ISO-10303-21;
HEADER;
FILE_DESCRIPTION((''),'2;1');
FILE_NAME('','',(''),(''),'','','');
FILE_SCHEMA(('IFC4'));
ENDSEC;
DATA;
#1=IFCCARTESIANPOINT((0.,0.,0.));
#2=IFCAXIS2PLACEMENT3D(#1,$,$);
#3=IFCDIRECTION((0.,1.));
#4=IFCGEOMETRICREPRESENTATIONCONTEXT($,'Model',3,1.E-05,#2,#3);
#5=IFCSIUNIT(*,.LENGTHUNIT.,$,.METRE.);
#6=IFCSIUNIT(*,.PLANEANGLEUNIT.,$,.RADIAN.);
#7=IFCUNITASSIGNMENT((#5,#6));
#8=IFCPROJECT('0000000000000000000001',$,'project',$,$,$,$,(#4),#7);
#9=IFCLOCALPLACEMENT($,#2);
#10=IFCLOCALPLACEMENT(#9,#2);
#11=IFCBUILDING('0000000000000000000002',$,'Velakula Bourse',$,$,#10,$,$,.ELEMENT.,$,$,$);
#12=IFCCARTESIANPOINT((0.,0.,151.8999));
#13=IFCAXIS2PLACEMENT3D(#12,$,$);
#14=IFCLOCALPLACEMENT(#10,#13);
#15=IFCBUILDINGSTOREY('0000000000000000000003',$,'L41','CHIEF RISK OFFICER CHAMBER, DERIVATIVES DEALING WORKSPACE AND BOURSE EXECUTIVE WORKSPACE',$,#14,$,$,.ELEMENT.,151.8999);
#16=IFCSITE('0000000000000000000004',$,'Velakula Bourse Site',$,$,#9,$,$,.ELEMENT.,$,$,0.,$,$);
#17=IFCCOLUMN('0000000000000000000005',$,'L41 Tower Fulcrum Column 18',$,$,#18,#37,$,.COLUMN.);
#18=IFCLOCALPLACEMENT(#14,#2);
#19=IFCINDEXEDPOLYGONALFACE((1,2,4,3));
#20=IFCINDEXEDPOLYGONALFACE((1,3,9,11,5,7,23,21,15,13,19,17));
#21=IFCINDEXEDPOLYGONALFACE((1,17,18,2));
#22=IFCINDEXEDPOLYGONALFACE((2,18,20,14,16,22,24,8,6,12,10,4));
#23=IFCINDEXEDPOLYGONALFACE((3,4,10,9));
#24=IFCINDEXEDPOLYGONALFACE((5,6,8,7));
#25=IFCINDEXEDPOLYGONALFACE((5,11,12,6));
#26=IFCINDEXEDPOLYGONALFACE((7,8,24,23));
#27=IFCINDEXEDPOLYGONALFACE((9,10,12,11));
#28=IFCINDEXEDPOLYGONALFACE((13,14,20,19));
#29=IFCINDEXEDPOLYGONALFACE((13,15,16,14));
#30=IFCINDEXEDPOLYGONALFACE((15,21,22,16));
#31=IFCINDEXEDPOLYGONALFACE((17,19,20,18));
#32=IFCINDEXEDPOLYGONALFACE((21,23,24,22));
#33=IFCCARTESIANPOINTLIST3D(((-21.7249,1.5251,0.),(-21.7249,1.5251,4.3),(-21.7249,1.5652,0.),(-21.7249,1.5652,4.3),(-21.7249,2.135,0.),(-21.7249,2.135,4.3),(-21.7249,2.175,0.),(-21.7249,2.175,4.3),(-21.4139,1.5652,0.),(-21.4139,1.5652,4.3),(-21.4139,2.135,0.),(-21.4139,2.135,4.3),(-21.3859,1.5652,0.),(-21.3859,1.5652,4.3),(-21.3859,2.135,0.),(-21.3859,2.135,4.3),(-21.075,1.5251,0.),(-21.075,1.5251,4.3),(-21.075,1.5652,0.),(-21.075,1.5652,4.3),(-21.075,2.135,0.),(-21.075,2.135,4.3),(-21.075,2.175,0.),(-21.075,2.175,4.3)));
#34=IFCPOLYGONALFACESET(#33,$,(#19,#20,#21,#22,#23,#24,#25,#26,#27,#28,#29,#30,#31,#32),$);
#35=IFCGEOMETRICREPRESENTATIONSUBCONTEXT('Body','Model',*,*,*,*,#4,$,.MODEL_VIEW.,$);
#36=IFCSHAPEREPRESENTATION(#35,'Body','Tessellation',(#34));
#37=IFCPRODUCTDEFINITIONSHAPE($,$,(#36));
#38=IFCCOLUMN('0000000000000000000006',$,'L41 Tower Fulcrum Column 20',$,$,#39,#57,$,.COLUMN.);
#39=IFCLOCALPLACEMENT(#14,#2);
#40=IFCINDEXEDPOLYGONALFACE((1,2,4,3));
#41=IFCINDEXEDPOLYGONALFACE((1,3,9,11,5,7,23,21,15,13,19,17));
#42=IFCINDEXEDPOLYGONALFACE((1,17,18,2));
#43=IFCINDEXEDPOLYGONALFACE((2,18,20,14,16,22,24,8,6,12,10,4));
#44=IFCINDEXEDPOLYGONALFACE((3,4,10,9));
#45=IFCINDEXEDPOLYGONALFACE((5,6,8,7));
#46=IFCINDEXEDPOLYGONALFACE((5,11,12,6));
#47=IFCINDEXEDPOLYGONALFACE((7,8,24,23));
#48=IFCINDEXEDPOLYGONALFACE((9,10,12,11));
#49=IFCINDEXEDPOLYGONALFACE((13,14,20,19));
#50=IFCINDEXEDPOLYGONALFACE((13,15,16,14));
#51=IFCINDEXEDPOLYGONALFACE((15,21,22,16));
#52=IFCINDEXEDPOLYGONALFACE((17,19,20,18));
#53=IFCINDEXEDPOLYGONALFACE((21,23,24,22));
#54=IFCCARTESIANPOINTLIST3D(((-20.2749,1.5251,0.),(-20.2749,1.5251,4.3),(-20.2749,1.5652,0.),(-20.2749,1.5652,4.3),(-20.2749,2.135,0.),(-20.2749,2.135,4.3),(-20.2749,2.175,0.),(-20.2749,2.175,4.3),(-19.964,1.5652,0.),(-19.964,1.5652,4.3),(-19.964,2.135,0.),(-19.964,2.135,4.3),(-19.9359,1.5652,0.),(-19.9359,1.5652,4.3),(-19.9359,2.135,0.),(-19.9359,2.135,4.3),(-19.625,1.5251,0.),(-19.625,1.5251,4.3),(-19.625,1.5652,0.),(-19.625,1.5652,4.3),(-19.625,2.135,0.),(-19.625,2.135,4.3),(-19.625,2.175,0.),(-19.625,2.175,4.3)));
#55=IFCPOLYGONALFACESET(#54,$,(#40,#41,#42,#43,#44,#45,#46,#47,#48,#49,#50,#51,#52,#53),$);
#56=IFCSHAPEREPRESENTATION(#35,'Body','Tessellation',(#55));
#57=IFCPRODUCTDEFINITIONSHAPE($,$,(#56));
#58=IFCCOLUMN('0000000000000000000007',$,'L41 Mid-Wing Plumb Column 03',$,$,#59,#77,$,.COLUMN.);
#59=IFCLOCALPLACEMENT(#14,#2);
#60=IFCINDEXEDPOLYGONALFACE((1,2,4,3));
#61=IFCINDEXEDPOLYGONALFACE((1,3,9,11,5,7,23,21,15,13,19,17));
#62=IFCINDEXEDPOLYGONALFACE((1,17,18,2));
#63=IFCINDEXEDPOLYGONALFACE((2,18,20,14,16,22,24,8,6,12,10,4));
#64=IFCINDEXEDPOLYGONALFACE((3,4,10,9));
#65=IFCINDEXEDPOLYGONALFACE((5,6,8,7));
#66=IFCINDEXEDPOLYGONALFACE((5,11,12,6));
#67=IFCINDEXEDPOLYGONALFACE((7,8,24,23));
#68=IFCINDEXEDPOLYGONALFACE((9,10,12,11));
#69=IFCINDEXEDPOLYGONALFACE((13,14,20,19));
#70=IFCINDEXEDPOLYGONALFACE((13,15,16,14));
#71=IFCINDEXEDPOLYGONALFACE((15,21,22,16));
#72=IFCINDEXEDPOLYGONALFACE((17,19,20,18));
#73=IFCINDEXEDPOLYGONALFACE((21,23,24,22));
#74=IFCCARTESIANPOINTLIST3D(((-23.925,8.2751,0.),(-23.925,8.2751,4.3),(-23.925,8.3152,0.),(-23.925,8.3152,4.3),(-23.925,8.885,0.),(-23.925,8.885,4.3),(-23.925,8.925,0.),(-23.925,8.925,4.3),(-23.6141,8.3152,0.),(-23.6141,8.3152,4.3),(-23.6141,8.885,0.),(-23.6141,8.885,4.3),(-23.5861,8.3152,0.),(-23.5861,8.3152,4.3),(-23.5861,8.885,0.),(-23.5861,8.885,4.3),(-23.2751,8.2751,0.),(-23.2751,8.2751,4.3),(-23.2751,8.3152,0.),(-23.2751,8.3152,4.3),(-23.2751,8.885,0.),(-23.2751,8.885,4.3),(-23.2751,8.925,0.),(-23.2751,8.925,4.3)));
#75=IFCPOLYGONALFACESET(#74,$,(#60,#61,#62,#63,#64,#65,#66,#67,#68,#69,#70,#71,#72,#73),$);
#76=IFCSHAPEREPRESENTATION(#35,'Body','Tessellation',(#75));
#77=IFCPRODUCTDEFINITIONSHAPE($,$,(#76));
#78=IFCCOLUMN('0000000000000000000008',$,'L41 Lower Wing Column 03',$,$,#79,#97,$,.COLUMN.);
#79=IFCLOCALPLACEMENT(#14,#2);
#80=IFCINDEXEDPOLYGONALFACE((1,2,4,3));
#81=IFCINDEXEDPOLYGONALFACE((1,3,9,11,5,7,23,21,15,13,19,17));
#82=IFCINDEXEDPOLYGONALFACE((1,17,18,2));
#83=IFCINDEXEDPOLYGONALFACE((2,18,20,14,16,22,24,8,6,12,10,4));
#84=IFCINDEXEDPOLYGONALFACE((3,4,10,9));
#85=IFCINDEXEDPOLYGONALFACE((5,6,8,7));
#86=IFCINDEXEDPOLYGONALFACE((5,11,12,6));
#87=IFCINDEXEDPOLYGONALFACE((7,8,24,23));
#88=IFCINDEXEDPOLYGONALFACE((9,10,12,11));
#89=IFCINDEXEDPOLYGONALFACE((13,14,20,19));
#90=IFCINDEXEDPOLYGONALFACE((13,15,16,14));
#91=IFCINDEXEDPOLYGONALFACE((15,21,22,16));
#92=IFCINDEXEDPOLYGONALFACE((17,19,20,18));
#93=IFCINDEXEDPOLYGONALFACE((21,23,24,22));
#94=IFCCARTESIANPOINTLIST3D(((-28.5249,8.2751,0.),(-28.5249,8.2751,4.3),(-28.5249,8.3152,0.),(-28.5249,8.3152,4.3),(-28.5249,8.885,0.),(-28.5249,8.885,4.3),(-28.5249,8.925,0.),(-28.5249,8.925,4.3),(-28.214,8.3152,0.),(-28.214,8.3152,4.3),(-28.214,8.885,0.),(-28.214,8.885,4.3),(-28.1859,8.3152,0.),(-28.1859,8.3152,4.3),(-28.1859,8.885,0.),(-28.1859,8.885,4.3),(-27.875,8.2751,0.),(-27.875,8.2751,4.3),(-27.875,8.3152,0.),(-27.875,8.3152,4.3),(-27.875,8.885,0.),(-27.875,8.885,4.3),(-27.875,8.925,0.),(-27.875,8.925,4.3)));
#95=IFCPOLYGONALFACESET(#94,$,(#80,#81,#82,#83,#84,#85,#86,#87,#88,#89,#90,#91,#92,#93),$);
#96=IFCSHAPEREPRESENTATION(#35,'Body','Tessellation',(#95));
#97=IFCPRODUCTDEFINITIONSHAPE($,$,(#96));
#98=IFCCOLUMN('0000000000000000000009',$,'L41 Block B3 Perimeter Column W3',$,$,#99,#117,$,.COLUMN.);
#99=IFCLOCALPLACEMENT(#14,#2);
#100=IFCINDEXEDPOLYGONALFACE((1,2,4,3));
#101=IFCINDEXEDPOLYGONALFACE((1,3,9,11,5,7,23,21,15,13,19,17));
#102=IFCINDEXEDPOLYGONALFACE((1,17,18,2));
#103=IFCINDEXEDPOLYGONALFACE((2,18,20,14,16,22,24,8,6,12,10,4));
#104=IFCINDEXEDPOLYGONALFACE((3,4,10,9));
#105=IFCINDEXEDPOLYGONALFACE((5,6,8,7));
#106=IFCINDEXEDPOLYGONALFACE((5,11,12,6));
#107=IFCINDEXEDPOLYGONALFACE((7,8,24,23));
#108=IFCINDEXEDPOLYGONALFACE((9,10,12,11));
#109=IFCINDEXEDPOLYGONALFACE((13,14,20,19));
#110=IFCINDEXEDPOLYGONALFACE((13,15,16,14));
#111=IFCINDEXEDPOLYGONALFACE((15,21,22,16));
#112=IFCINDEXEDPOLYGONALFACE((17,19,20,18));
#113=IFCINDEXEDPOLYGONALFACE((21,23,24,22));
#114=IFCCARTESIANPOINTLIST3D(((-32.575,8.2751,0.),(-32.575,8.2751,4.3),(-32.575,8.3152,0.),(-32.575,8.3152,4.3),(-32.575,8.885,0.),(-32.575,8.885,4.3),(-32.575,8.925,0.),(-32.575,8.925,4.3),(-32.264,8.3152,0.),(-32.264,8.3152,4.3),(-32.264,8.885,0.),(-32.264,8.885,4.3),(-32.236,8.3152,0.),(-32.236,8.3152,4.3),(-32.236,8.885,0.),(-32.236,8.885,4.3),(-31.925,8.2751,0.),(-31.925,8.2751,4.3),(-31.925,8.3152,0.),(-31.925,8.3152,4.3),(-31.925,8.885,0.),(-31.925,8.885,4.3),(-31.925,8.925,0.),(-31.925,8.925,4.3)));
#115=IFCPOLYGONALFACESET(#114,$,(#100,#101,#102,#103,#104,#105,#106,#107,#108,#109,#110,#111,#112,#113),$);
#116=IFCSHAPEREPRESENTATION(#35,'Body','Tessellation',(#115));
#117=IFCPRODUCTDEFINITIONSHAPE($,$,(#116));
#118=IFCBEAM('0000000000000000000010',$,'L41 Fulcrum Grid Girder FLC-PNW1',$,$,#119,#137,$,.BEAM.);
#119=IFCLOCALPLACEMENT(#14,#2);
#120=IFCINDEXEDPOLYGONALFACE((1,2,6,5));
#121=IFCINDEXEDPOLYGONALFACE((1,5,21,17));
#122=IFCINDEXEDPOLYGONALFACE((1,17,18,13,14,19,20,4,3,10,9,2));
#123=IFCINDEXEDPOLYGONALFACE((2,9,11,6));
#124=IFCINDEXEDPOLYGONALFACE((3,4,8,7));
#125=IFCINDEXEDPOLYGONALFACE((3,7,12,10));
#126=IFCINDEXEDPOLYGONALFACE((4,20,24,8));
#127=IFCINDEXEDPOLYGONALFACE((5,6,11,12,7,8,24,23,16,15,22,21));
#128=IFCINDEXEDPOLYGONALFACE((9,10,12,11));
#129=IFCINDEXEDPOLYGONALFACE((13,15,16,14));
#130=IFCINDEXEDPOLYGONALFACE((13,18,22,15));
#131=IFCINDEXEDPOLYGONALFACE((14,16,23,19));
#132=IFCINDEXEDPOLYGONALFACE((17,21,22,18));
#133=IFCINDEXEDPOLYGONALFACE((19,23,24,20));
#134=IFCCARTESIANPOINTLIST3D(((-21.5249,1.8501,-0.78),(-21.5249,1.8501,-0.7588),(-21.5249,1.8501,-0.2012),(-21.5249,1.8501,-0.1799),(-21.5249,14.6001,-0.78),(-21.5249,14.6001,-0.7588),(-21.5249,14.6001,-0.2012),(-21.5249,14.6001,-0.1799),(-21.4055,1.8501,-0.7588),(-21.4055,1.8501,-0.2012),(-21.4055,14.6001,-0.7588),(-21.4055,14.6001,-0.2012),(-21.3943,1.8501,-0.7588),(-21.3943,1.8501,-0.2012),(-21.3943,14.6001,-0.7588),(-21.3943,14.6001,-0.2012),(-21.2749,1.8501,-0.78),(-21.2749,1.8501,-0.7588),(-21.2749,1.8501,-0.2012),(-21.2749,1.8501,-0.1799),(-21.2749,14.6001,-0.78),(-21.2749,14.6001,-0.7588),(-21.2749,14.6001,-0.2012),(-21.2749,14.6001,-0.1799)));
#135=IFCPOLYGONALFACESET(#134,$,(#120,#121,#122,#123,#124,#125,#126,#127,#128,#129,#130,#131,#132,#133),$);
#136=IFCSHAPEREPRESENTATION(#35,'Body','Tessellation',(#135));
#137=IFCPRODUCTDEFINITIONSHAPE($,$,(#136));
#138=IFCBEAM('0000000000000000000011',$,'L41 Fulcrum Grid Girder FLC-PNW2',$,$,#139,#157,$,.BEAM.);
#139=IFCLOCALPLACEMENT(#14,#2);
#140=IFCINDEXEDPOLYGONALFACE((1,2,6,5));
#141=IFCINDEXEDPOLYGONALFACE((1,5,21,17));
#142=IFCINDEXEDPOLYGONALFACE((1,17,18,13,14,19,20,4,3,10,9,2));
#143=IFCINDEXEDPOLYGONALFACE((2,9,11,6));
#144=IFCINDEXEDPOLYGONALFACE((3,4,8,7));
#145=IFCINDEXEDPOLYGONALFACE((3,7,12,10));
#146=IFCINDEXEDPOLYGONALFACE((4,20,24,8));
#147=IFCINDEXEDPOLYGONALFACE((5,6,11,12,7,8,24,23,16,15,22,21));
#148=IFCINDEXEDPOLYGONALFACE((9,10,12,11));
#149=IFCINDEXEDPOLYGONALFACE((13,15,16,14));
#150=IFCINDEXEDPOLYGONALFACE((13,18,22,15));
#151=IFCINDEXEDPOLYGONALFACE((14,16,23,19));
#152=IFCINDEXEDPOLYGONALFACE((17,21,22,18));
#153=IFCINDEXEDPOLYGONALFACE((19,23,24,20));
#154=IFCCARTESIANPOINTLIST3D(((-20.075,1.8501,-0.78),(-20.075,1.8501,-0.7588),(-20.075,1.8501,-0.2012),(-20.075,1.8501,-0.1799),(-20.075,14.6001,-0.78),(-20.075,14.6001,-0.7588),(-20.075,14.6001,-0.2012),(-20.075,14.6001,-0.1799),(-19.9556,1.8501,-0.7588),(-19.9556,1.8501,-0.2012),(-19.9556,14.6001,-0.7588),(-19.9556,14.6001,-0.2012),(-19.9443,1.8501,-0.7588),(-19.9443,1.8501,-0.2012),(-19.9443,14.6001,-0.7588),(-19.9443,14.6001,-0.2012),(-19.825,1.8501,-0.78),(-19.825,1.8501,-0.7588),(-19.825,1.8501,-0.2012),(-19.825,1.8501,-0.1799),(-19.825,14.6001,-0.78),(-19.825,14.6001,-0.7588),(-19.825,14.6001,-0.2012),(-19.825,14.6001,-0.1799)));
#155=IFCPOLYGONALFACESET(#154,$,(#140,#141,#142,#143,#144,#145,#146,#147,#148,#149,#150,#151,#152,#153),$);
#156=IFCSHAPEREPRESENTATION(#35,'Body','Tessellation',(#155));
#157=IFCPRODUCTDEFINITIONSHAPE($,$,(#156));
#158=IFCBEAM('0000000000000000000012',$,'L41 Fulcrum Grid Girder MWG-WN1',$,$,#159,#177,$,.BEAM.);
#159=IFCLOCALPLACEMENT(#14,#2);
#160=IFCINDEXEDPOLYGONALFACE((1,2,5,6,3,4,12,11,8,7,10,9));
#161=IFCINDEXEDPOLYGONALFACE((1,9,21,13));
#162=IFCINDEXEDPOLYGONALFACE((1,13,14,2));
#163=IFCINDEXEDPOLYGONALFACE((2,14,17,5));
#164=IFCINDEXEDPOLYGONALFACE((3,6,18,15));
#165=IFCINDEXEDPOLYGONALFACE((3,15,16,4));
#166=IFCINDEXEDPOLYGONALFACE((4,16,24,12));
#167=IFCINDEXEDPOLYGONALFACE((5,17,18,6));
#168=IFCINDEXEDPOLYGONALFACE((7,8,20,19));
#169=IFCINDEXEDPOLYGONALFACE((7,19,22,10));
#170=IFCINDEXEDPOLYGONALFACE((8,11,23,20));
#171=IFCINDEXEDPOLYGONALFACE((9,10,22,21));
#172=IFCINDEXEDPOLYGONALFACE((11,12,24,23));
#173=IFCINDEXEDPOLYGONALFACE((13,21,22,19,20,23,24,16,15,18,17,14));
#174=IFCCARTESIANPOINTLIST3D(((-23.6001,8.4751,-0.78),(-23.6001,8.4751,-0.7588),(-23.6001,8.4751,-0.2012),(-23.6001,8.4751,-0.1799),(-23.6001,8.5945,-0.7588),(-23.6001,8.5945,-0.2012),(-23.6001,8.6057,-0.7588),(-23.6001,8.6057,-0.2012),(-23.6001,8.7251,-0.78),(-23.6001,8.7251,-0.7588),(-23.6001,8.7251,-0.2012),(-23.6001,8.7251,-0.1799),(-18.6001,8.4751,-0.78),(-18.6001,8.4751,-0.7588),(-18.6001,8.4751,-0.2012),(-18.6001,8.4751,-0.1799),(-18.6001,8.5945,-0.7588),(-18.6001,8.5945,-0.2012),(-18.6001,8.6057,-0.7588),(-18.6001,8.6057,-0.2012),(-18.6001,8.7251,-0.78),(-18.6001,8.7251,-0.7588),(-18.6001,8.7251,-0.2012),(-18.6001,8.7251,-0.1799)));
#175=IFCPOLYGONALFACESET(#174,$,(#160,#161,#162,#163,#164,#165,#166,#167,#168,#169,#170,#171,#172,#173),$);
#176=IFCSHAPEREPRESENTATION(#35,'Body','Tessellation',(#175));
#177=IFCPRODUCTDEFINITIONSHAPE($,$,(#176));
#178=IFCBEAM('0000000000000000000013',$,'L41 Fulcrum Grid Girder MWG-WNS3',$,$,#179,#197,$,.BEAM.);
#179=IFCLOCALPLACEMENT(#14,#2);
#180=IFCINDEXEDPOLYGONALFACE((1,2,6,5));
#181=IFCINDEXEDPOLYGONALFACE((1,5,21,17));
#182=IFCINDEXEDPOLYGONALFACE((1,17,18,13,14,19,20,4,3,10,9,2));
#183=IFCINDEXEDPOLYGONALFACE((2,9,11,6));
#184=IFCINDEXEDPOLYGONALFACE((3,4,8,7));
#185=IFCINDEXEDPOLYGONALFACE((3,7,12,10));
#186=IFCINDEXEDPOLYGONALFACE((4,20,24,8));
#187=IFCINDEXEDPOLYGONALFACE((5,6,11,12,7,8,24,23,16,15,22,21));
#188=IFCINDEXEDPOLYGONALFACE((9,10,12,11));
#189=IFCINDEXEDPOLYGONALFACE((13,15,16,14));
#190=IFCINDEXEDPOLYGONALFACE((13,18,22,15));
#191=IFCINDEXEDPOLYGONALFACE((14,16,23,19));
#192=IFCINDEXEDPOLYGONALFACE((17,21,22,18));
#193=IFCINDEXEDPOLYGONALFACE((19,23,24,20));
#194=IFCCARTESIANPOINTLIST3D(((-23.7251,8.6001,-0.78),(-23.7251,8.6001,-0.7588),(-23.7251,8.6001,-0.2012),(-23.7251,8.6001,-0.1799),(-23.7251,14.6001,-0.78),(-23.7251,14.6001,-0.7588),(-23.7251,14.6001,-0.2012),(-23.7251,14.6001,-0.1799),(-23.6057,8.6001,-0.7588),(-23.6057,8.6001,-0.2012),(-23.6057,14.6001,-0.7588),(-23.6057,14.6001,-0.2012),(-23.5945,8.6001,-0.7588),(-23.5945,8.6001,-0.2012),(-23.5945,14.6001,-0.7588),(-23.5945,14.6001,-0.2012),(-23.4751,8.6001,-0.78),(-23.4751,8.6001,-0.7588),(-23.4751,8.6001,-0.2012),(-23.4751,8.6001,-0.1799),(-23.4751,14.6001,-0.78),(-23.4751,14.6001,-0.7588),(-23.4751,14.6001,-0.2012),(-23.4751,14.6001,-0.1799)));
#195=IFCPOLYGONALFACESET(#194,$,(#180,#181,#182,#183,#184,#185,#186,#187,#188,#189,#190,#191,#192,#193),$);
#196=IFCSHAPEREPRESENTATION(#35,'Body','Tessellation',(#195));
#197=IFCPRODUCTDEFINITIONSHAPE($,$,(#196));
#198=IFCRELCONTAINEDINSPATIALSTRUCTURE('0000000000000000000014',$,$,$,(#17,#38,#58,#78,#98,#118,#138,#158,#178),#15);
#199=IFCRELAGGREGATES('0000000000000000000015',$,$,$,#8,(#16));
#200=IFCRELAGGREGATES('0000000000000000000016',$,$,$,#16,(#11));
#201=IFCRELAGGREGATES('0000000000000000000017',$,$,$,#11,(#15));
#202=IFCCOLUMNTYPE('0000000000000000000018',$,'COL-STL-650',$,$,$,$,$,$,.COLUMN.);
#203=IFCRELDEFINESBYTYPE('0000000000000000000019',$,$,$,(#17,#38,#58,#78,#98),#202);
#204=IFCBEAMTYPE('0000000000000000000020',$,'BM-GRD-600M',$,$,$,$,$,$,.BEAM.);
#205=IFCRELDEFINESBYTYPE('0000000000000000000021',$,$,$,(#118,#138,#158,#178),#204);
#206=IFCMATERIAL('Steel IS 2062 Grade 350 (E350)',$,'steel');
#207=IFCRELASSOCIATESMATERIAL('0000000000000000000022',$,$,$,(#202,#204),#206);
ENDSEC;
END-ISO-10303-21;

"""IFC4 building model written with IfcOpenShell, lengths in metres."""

from ifc_helpers import new_model, si_unit, direction, frame, origin, origin_2d, place, context, subcontext, project, spatial, i_section, extrude, material, material_profile, profile_set, type_object, element, save


model = new_model("IFC4")

# Units and contexts
model_context = context("Model", 3, precision=1e-05, world=origin(), true_north=direction((0.0, 1.0)))
body_context = subcontext(model_context, "Body", "Model", "MODEL_VIEW")
ifc_project = project(units=[si_unit("LENGTHUNIT", "METRE"), si_unit("PLANEANGLEUNIT", "RADIAN")], contexts=[model_context])

# Site, building, storey
site_placement = place(None, origin())
site = spatial("IfcSite", under=ifc_project, at=site_placement, Name="Velakula Bourse Site", CompositionType="ELEMENT", RefElevation=0.0)
building_placement = place(site_placement, origin())
building = spatial("IfcBuilding", under=site, at=building_placement, Name="Velakula Bourse", CompositionType="ELEMENT")
storey_placement = place(building_placement, frame((0.0, 0.0, 151.8999)))
storey = spatial("IfcBuildingStorey", under=building, at=storey_placement, Name="L41", Description="CHIEF RISK OFFICER CHAMBER, DERIVATIVES DEALING WORKSPACE AND BOURSE EXECUTIVE WORKSPACE", CompositionType="ELEMENT", Elevation=151.8999)

# Columns
ifc_material_1 = material(Name="Steel IS 2062 Grade 350 (E350)", Category="steel")
ifc_material_profile_1 = material_profile(ifc_material_1, i_section(OverallWidth=0.6499, OverallDepth=0.6499, WebThickness=0.0281, FlangeThickness=0.04, at=origin_2d()), Name="Steel IS 2062 Grade 350 (E350)")
ifc_profile_set_1 = profile_set([ifc_material_profile_1], Name="Steel IS 2062 Grade 350 (E350)")
column_type = type_object("IfcColumnType", Name="COL-STL-650", PredefinedType="COLUMN", material=ifc_profile_set_1)
for number, where, z_axis, x_axis, name in (
    (1, (-21.3999, 1.8501, 0.0), (0.0, 0.0, 1.0), (1.0, 0.0, 0.0), "L41 Tower Fulcrum Column 18"),
    (2, (-19.95, 1.8501, 0.0), (0.0, 0.0, 1.0), (1.0, 0.0, 0.0), "L41 Tower Fulcrum Column 20"),
    (3, (-23.6001, 8.6001, 0.0), (0.0, 0.0, 1.0), (1.0, 0.0, 0.0), "L41 Mid-Wing Plumb Column 03"),
    (4, (-28.2, 8.6001, 0.0), (0.0, 0.0, 1.0), (1.0, 0.0, 0.0), "L41 Lower Wing Column 03"),
    (5, (-32.25, 8.6001, 0.0), (0.0, 0.0, 1.0), (1.0, 0.0, 0.0), "L41 Block B3 Perimeter Column W3"),
):
    element("IfcColumn", number, at=place(storey_placement, frame(where, z_axis=z_axis, x_axis=x_axis)), inside=storey, type_object=column_type, Name=name, PredefinedType="COLUMN", context=body_context, shape_type="SweptSolid", body=[
        extrude(i_section(OverallWidth=0.6499, OverallDepth=0.6499, WebThickness=0.0281, FlangeThickness=0.04, at=origin_2d()), origin(), (0.0, 0.0, 1.0), 4.3),
    ])

# Beams
ifc_material_profile_2 = material_profile(ifc_material_1, i_section(OverallWidth=0.25, OverallDepth=0.6001, WebThickness=0.0112, FlangeThickness=0.0212, at=origin_2d()), Name="Steel IS 2062 Grade 350 (E350)")
ifc_profile_set_2 = profile_set([ifc_material_profile_2], Name="Steel IS 2062 Grade 350 (E350)")
beam_type_1 = type_object("IfcBeamType", Name="BM-GRD-600M", PredefinedType="BEAM", material=ifc_profile_set_2)
for number, where, z_axis, x_axis, name in (
    (6, (-21.3999, 1.8501, -0.48), (0.0, 1.0, 0.0), (-1.0, 0.0, 0.0), "L41 Fulcrum Grid Girder FLC-PNW1"),
    (7, (-19.95, 1.8501, -0.48), (0.0, 1.0, 0.0), (-1.0, 0.0, 0.0), "L41 Fulcrum Grid Girder FLC-PNW2"),
):
    element("IfcBeam", number, at=place(storey_placement, frame(where, z_axis=z_axis, x_axis=x_axis)), inside=storey, type_object=beam_type_1, Name=name, PredefinedType="BEAM", context=body_context, shape_type="SweptSolid", body=[
        extrude(i_section(OverallWidth=0.25, OverallDepth=0.6001, WebThickness=0.0112, FlangeThickness=0.0212, at=origin_2d()), origin(), (0.0, 0.0, 1.0), 12.75),
    ])
beam_1_placement = place(storey_placement, frame((-23.6001, 8.6001, -0.48), z_axis=(1.0, 0.0, 0.0), x_axis=(0.0, 1.0, 0.0)))
element("IfcBeam", 8, at=beam_1_placement, inside=storey, type_object=beam_type_1, Name="L41 Fulcrum Grid Girder MWG-WN1", PredefinedType="BEAM", context=body_context, shape_type="SweptSolid", body=[
    extrude(i_section(OverallWidth=0.25, OverallDepth=0.6001, WebThickness=0.0112, FlangeThickness=0.0212, at=origin_2d()), origin(), (0.0, 0.0, 1.0), 5.0),
])
beam_2_placement = place(storey_placement, frame((-23.6001, 8.6001, -0.48), z_axis=(0.0, 1.0, 0.0), x_axis=(-1.0, 0.0, 0.0)))
element("IfcBeam", 9, at=beam_2_placement, inside=storey, type_object=beam_type_1, Name="L41 Fulcrum Grid Girder MWG-WNS3", PredefinedType="BEAM", context=body_context, shape_type="SweptSolid", body=[
    extrude(i_section(OverallWidth=0.25, OverallDepth=0.6001, WebThickness=0.0112, FlangeThickness=0.0212, at=origin_2d()), origin(), (0.0, 0.0, 1.0), 6.0),
])

save(model, "model.ifc")
